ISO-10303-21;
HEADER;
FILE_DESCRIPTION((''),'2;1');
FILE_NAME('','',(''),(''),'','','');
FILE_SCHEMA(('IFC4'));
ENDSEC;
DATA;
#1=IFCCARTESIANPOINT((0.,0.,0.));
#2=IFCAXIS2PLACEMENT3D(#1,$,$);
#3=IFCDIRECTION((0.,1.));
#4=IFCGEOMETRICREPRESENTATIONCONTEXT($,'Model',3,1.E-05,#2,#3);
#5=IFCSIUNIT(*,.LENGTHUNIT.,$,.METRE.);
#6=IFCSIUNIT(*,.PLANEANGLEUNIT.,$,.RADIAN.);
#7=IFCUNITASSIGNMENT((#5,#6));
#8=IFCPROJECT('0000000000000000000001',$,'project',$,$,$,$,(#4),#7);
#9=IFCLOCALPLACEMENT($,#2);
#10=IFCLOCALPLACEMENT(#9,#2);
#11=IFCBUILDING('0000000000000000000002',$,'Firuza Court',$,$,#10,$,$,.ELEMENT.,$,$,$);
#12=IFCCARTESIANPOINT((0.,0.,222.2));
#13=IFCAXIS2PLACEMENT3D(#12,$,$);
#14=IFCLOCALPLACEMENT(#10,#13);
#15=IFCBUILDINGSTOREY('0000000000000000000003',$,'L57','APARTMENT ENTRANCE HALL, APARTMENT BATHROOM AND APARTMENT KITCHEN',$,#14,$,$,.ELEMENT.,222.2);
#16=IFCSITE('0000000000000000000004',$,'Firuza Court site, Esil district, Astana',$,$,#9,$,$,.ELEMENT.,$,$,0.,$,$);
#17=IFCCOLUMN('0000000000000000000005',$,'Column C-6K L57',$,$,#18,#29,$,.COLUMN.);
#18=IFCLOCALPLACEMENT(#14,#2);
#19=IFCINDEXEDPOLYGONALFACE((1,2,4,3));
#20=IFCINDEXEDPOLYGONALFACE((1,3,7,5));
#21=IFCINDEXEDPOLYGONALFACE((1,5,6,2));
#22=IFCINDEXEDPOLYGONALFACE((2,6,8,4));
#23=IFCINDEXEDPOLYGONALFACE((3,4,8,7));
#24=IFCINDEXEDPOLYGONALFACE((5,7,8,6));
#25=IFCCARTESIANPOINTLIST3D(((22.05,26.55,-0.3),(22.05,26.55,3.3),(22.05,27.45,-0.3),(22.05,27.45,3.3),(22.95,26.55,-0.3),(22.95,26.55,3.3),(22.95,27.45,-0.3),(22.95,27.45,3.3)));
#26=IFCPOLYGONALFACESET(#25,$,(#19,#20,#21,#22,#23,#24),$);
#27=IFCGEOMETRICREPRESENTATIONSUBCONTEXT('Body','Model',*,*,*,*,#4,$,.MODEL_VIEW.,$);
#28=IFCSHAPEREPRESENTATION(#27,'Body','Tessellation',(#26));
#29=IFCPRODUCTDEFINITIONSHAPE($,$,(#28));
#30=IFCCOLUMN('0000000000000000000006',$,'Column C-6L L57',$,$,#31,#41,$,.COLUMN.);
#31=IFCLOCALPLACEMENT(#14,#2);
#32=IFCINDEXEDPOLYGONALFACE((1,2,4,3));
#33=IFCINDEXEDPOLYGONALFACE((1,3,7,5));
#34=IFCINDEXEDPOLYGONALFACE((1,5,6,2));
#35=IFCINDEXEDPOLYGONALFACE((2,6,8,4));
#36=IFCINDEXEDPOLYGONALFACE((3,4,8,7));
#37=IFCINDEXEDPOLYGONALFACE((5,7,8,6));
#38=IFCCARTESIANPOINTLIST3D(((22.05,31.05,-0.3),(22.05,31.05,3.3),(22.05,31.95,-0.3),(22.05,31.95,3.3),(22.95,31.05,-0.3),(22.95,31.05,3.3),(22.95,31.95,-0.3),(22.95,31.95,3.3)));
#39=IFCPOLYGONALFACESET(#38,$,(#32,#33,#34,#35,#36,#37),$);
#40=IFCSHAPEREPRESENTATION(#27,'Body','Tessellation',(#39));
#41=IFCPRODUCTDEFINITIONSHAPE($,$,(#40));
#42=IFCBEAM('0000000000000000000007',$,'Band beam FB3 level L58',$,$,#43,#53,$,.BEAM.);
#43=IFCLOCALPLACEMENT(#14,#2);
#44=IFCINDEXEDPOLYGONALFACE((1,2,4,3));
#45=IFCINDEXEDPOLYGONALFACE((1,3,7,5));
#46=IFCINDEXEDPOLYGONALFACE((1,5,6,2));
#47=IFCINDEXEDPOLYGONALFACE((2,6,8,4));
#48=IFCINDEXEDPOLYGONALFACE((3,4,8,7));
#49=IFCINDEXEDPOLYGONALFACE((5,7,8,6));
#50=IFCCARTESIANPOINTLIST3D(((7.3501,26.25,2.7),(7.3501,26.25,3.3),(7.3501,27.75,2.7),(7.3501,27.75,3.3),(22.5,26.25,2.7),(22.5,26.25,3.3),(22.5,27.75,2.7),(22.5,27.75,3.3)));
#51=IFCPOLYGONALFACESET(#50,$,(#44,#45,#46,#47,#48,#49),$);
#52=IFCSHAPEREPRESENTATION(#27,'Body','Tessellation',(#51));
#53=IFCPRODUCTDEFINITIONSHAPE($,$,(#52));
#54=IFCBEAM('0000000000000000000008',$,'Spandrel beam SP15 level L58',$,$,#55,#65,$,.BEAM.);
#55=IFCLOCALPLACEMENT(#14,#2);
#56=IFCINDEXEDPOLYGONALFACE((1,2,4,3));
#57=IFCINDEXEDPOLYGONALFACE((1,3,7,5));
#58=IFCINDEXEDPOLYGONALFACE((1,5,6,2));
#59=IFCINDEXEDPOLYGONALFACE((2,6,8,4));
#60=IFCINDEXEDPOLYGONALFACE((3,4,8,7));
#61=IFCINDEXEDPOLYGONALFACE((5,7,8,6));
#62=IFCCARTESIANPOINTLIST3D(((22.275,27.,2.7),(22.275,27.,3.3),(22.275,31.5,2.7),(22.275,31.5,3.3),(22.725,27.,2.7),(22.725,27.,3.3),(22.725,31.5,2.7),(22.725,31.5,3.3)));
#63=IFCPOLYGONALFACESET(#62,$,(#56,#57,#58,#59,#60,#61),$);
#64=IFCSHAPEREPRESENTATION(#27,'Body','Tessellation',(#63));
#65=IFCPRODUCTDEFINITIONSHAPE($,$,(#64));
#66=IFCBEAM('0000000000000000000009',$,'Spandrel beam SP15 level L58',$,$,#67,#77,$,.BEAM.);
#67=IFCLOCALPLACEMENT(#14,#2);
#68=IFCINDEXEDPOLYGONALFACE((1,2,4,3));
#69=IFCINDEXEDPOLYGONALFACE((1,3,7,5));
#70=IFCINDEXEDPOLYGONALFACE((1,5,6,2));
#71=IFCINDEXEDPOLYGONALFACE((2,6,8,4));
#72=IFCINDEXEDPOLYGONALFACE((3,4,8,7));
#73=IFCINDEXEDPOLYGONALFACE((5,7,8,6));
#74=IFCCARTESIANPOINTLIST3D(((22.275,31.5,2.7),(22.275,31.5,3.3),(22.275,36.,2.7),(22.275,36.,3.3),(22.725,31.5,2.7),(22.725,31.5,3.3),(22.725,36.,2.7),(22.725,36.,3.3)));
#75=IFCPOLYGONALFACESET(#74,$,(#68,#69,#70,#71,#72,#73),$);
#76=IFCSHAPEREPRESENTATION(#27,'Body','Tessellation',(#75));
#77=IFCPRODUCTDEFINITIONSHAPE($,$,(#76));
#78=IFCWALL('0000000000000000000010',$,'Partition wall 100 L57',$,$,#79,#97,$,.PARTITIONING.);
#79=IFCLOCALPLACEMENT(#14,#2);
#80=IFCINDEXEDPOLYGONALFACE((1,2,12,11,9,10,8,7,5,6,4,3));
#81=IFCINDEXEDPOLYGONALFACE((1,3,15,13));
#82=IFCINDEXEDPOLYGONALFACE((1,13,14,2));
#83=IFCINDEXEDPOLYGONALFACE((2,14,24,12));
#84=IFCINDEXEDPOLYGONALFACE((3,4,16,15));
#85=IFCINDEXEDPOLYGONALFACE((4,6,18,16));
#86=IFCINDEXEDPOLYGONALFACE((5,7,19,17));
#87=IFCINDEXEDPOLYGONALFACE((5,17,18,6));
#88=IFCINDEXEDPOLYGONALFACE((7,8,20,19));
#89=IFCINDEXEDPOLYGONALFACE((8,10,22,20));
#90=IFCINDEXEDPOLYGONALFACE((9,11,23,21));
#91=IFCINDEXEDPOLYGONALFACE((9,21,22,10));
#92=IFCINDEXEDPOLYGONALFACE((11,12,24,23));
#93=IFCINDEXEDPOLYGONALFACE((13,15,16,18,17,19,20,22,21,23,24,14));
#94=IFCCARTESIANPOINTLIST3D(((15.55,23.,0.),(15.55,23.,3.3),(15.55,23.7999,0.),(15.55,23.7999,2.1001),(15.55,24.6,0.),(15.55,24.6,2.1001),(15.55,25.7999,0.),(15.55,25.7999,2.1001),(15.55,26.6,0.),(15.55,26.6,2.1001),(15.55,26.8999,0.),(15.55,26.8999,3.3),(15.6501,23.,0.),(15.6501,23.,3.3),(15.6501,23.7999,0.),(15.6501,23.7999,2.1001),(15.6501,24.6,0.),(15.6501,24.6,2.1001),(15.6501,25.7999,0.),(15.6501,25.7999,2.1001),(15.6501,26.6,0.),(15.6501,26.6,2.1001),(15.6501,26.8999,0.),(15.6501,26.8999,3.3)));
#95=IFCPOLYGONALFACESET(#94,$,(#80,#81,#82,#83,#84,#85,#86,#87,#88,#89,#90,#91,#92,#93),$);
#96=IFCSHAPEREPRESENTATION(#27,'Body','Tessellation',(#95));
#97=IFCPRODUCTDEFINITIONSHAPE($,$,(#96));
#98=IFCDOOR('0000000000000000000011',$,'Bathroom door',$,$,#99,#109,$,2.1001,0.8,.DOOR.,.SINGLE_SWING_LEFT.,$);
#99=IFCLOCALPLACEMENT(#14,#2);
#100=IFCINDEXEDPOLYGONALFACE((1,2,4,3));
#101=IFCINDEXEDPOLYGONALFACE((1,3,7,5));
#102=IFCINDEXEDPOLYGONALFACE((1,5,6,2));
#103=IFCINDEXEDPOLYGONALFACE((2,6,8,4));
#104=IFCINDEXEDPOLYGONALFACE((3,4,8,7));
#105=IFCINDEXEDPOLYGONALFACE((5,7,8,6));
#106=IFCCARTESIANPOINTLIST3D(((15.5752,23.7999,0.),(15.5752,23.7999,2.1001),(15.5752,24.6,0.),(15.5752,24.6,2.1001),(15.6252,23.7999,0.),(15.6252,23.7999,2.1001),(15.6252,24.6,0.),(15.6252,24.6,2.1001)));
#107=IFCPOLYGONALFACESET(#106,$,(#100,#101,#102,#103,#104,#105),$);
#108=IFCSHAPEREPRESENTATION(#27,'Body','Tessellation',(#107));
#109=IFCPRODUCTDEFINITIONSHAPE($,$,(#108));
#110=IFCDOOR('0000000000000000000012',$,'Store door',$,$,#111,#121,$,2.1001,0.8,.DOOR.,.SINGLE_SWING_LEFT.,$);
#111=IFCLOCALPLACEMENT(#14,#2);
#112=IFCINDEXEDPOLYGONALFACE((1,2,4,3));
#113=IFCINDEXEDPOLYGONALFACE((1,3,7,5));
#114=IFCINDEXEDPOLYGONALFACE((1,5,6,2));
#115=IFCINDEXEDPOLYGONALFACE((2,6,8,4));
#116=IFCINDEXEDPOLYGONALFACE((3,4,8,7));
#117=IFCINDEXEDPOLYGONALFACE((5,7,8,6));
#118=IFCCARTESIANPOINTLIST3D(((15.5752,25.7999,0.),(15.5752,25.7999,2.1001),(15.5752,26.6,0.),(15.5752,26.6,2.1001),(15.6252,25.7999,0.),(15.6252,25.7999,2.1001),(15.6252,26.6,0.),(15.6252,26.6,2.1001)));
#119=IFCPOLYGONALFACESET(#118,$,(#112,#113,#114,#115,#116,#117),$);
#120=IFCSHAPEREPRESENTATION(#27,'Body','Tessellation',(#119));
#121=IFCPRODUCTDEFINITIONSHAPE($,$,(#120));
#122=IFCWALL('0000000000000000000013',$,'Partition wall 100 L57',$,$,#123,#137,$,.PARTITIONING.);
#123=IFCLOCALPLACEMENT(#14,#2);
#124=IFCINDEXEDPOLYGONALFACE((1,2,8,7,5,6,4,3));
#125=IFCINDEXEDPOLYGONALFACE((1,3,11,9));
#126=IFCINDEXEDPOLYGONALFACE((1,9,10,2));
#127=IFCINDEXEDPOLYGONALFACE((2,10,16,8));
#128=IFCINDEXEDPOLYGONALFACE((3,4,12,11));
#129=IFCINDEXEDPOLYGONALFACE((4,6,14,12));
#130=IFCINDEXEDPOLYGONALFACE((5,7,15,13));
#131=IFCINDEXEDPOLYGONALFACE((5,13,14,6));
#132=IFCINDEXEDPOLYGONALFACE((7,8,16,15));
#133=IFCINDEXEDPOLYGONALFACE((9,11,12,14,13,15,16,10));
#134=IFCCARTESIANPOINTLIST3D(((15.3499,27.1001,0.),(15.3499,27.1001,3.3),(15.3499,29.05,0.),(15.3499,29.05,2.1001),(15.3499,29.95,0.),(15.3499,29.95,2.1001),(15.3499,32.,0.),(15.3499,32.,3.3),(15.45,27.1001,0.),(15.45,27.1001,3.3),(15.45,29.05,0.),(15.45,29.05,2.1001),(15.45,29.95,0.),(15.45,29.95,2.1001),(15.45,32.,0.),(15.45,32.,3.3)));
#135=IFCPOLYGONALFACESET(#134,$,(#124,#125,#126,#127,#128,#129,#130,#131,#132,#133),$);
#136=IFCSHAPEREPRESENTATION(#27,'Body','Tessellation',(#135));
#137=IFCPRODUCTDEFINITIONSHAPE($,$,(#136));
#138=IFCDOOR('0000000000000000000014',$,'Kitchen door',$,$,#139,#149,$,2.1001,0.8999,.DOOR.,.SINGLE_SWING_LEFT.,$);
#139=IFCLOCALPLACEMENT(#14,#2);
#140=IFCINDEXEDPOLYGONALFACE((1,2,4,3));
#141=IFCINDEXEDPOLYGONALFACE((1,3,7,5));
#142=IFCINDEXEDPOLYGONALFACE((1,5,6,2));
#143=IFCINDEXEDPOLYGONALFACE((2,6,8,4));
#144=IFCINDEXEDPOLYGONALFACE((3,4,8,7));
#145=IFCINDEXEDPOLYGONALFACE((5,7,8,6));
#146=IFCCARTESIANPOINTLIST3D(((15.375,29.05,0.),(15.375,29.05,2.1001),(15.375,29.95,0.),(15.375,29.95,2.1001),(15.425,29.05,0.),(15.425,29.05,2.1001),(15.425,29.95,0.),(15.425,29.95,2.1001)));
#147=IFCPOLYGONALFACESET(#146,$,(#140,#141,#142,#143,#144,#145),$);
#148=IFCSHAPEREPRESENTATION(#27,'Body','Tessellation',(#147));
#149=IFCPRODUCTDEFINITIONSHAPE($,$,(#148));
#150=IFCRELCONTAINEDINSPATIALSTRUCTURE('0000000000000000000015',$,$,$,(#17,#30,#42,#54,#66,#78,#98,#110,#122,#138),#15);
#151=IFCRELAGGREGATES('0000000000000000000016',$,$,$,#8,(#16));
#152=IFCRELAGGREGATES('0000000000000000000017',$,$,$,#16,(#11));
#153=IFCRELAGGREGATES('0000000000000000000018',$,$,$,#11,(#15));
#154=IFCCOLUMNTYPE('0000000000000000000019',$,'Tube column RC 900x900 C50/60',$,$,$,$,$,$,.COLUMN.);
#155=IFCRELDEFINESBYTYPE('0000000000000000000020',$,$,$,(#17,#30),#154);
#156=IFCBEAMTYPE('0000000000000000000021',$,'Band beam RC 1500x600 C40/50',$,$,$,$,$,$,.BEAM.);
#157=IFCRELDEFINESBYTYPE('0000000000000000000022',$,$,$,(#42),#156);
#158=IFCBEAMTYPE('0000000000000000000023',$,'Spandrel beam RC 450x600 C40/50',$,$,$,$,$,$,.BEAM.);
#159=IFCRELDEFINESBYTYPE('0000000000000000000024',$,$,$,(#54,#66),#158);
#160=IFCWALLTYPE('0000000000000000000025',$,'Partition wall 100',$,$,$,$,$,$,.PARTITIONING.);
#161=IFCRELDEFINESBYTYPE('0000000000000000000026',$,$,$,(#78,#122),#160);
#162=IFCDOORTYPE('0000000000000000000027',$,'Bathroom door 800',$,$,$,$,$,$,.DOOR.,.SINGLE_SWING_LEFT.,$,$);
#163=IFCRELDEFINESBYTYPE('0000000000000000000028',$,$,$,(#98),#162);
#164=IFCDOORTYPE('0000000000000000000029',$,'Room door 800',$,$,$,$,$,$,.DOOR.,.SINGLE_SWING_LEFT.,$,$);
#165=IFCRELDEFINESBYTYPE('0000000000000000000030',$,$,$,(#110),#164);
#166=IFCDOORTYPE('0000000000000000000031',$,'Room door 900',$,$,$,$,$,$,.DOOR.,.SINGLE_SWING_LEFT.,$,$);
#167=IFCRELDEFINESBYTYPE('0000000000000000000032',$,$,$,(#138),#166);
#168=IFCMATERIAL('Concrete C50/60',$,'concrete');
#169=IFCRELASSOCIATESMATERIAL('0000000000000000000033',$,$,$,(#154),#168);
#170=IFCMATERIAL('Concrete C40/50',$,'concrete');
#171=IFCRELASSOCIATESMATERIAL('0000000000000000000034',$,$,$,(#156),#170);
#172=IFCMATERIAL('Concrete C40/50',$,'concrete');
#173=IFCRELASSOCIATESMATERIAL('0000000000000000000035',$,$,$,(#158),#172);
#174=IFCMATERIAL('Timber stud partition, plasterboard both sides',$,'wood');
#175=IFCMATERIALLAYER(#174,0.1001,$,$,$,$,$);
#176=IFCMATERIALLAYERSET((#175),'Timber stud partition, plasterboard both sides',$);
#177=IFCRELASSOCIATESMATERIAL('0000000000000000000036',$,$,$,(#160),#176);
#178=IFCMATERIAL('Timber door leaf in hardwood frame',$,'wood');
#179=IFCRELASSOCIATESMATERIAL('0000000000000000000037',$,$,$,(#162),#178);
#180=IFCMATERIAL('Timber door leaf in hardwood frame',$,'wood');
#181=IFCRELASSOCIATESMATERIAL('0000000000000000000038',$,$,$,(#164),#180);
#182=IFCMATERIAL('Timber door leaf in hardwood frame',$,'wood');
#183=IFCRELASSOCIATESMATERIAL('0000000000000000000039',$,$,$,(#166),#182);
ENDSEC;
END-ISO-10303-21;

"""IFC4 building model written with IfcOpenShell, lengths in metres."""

from ifc_helpers import new_model, si_unit, direction, frame, frame_2d, origin, origin_2d, place, context, subcontext, project, spatial, rectangle, extrude, material, layer, layer_set, material_profile, profile_set, type_object, element, fill, save


model = new_model("IFC4")

# Units and contexts
model_context = context("Model", 3, precision=1e-05, world=origin(), true_north=direction((0.0, 1.0)))
body_context = subcontext(model_context, "Body", "Model", "MODEL_VIEW")
ifc_project = project(units=[si_unit("LENGTHUNIT", "METRE"), si_unit("PLANEANGLEUNIT", "RADIAN")], contexts=[model_context])

# Site, building, storey
site_placement = place(None, origin())
site = spatial("IfcSite", under=ifc_project, at=site_placement, Name="Firuza Court site, Esil district, Astana", CompositionType="ELEMENT", RefElevation=0.0)
building_placement = place(site_placement, origin())
building = spatial("IfcBuilding", under=site, at=building_placement, Name="Firuza Court", CompositionType="ELEMENT")
storey_placement = place(building_placement, frame((0.0, 0.0, 222.2)))
storey = spatial("IfcBuildingStorey", under=building, at=storey_placement, Name="L57", Description="APARTMENT ENTRANCE HALL, APARTMENT BATHROOM AND APARTMENT KITCHEN", CompositionType="ELEMENT", Elevation=222.2)

# Columns
ifc_material_1 = material(Name="Concrete C50/60", Category="concrete")
ifc_material_profile_1 = material_profile(ifc_material_1, rectangle(XDim=0.8999, YDim=0.8999, at=origin_2d()), Name="RC 900x900")
ifc_profile_set_1 = profile_set([ifc_material_profile_1], Name="Concrete C50/60")
column_type = type_object("IfcColumnType", Name="Tube column RC 900x900 C50/60", PredefinedType="COLUMN", material=ifc_profile_set_1)
for number, where, z_axis, x_axis, name in (
    (1, (22.5, 27.0, -0.3), (0.0, 0.0, 1.0), (1.0, 0.0, 0.0), "Column C-6K L57"),
    (2, (22.5, 31.5, -0.3), (0.0, 0.0, 1.0), (1.0, 0.0, 0.0), "Column C-6L L57"),
):
    element("IfcColumn", number, at=place(storey_placement, frame(where, z_axis=z_axis, x_axis=x_axis)), inside=storey, type_object=column_type, Name=name, PredefinedType="COLUMN", context=body_context, shape_type="SweptSolid", body=[
        extrude(rectangle(XDim=0.8999, YDim=0.8999, at=origin_2d()), origin(), (0.0, 0.0, 1.0), 3.6001),
    ])

# Beams
ifc_material_2 = material(Name="Concrete C40/50", Category="concrete")
ifc_material_profile_2 = material_profile(ifc_material_2, rectangle(XDim=1.5, YDim=0.6001, at=origin_2d()), Name="RC 1500x600")
ifc_profile_set_2 = profile_set([ifc_material_profile_2], Name="Concrete C40/50")
beam_type_1 = type_object("IfcBeamType", Name="Band beam RC 1500x600 C40/50", PredefinedType="BEAM", material=ifc_profile_set_2)
beam_placement = place(storey_placement, frame((22.5, 27.0, 3.0), z_axis=(-1.0, 0.0, 0.0), x_axis=(0.0, -1.0, 0.0)))
element("IfcBeam", 3, at=beam_placement, inside=storey, type_object=beam_type_1, Name="Band beam FB3 level L58", PredefinedType="BEAM", context=body_context, shape_type="SweptSolid", body=[
    extrude(rectangle(XDim=1.5, YDim=0.6001, at=origin_2d()), origin(), (0.0, 0.0, 1.0), 15.1499),
])
ifc_material_3 = material(Name="Concrete C40/50", Category="concrete")
ifc_material_profile_3 = material_profile(ifc_material_3, rectangle(XDim=0.45, YDim=0.6001, at=origin_2d()), Name="RC 450x600")
ifc_profile_set_3 = profile_set([ifc_material_profile_3], Name="Concrete C40/50")
beam_type_2 = type_object("IfcBeamType", Name="Spandrel beam RC 450x600 C40/50", PredefinedType="BEAM", material=ifc_profile_set_3)
for number, where, z_axis, x_axis, name in (
    (4, (22.5, 27.0, 3.0), (0.0, 1.0, 0.0), (-1.0, 0.0, 0.0), "Spandrel beam SP15 level L58"),
    (5, (22.5, 31.5, 3.0), (0.0, 1.0, 0.0), (-1.0, 0.0, 0.0), "Spandrel beam SP15 level L58"),
):
    element("IfcBeam", number, at=place(storey_placement, frame(where, z_axis=z_axis, x_axis=x_axis)), inside=storey, type_object=beam_type_2, Name=name, PredefinedType="BEAM", context=body_context, shape_type="SweptSolid", body=[
        extrude(rectangle(XDim=0.45, YDim=0.6001, at=origin_2d()), origin(), (0.0, 0.0, 1.0), 4.5),
    ])

# Wall, openings, doors
ifc_material_4 = material(Name="Timber stud partition, plasterboard both sides", Category="wood")
ifc_layer = layer(ifc_material_4, 0.1001)
ifc_layer_set = layer_set([ifc_layer], Name="Timber stud partition, plasterboard both sides")
wall_type = type_object("IfcWallType", Name="Partition wall 100", PredefinedType="PARTITIONING", material=ifc_layer_set)
wall_1_placement = place(storey_placement, frame((15.6001, 23.0, 0.0), z_axis=(0.0, 0.0, 1.0), x_axis=(0.0, 1.0, 0.0)))
wall_1 = element("IfcWall", 6, at=wall_1_placement, inside=storey, type_object=wall_type, Name="Partition wall 100 L57", PredefinedType="PARTITIONING", context=body_context, shape_type="SweptSolid", body=[
    extrude(rectangle(XDim=3.8999, YDim=0.1001, at=frame_2d((1.95, 0.0))), origin(), (0.0, 0.0, 1.0), 3.3),
])
opening_1_placement = place(wall_1_placement, frame((0.8, 0.0, 0.0)))
opening_1 = element("IfcOpeningElement", 7, at=opening_1_placement, cuts=wall_1, PredefinedType="OPENING", context=body_context, shape_type="SweptSolid", body=[
    extrude(rectangle(XDim=0.8, YDim=2.1001, at=frame_2d((0.3999, 1.05))), frame((0.0, 0.062, 0.0), z_axis=(0.0, -1.0, 0.0), x_axis=(1.0, 0.0, 0.0)), (0.0, 0.0, 1.0), 0.124),
])
opening_2_placement = place(wall_1_placement, frame((2.8, 0.0, 0.0)))
opening_2 = element("IfcOpeningElement", 8, at=opening_2_placement, cuts=wall_1, PredefinedType="OPENING", context=body_context, shape_type="SweptSolid", body=[
    extrude(rectangle(XDim=0.8, YDim=2.1001, at=frame_2d((0.3999, 1.05))), frame((0.0, 0.062, 0.0), z_axis=(0.0, -1.0, 0.0), x_axis=(1.0, 0.0, 0.0)), (0.0, 0.0, 1.0), 0.124),
])
ifc_material_5 = material(Name="Timber door leaf in hardwood frame", Category="wood")
door_type_1 = type_object("IfcDoorType", Name="Bathroom door 800", OperationType="SINGLE_SWING_LEFT", PredefinedType="DOOR", material=ifc_material_5)
door_1_placement = place(opening_1_placement, origin())
door_1 = element("IfcDoor", 9, at=door_1_placement, inside=storey, type_object=door_type_1, Name="Bathroom door", OperationType="SINGLE_SWING_LEFT", OverallHeight=2.1001, OverallWidth=0.8, PredefinedType="DOOR", context=body_context, shape_type="SweptSolid", body=[
    extrude(rectangle(XDim=0.8, YDim=2.1001, at=frame_2d((0.3999, 1.05))), frame((0.0, 0.0249, 0.0), z_axis=(0.0, -1.0, 0.0), x_axis=(1.0, 0.0, 0.0)), (0.0, 0.0, 1.0), 0.05),
])
fill(opening_1, door_1)
ifc_material_6 = material(Name="Timber door leaf in hardwood frame", Category="wood")
door_type_2 = type_object("IfcDoorType", Name="Room door 800", OperationType="SINGLE_SWING_LEFT", PredefinedType="DOOR", material=ifc_material_6)
door_2_placement = place(opening_2_placement, origin())
door_2 = element("IfcDoor", 10, at=door_2_placement, inside=storey, type_object=door_type_2, Name="Store door", OperationType="SINGLE_SWING_LEFT", OverallHeight=2.1001, OverallWidth=0.8, PredefinedType="DOOR", context=body_context, shape_type="SweptSolid", body=[
    extrude(rectangle(XDim=0.8, YDim=2.1001, at=frame_2d((0.3999, 1.05))), frame((0.0, 0.0249, 0.0), z_axis=(0.0, -1.0, 0.0), x_axis=(1.0, 0.0, 0.0)), (0.0, 0.0, 1.0), 0.05),
])
fill(opening_2, door_2)

# Wall, opening, door
wall_2_placement = place(storey_placement, frame((15.3999, 27.1001, 0.0), z_axis=(0.0, 0.0, 1.0), x_axis=(0.0, 1.0, 0.0)))
wall_2 = element("IfcWall", 11, at=wall_2_placement, inside=storey, type_object=wall_type, Name="Partition wall 100 L57", PredefinedType="PARTITIONING", context=body_context, shape_type="SweptSolid", body=[
    extrude(rectangle(XDim=4.8999, YDim=0.1001, at=frame_2d((2.45, 0.0))), origin(), (0.0, 0.0, 1.0), 3.3),
])
opening_3_placement = place(wall_2_placement, frame((1.95, 0.0, 0.0)))
opening_3 = element("IfcOpeningElement", 12, at=opening_3_placement, cuts=wall_2, PredefinedType="OPENING", context=body_context, shape_type="SweptSolid", body=[
    extrude(rectangle(XDim=0.8999, YDim=2.1001, at=frame_2d((0.45, 1.05))), frame((0.0, 0.062, 0.0), z_axis=(0.0, -1.0, 0.0), x_axis=(1.0, 0.0, 0.0)), (0.0, 0.0, 1.0), 0.124),
])
ifc_material_7 = material(Name="Timber door leaf in hardwood frame", Category="wood")
door_type_3 = type_object("IfcDoorType", Name="Room door 900", OperationType="SINGLE_SWING_LEFT", PredefinedType="DOOR", material=ifc_material_7)
door_3_placement = place(opening_3_placement, origin())
door_3 = element("IfcDoor", 13, at=door_3_placement, inside=storey, type_object=door_type_3, Name="Kitchen door", OperationType="SINGLE_SWING_LEFT", OverallHeight=2.1001, OverallWidth=0.8999, PredefinedType="DOOR", context=body_context, shape_type="SweptSolid", body=[
    extrude(rectangle(XDim=0.8999, YDim=2.1001, at=frame_2d((0.45, 1.05))), frame((0.0, 0.0249, 0.0), z_axis=(0.0, -1.0, 0.0), x_axis=(1.0, 0.0, 0.0)), (0.0, 0.0, 1.0), 0.05),
])
fill(opening_3, door_3)

save(model, "model.ifc")
